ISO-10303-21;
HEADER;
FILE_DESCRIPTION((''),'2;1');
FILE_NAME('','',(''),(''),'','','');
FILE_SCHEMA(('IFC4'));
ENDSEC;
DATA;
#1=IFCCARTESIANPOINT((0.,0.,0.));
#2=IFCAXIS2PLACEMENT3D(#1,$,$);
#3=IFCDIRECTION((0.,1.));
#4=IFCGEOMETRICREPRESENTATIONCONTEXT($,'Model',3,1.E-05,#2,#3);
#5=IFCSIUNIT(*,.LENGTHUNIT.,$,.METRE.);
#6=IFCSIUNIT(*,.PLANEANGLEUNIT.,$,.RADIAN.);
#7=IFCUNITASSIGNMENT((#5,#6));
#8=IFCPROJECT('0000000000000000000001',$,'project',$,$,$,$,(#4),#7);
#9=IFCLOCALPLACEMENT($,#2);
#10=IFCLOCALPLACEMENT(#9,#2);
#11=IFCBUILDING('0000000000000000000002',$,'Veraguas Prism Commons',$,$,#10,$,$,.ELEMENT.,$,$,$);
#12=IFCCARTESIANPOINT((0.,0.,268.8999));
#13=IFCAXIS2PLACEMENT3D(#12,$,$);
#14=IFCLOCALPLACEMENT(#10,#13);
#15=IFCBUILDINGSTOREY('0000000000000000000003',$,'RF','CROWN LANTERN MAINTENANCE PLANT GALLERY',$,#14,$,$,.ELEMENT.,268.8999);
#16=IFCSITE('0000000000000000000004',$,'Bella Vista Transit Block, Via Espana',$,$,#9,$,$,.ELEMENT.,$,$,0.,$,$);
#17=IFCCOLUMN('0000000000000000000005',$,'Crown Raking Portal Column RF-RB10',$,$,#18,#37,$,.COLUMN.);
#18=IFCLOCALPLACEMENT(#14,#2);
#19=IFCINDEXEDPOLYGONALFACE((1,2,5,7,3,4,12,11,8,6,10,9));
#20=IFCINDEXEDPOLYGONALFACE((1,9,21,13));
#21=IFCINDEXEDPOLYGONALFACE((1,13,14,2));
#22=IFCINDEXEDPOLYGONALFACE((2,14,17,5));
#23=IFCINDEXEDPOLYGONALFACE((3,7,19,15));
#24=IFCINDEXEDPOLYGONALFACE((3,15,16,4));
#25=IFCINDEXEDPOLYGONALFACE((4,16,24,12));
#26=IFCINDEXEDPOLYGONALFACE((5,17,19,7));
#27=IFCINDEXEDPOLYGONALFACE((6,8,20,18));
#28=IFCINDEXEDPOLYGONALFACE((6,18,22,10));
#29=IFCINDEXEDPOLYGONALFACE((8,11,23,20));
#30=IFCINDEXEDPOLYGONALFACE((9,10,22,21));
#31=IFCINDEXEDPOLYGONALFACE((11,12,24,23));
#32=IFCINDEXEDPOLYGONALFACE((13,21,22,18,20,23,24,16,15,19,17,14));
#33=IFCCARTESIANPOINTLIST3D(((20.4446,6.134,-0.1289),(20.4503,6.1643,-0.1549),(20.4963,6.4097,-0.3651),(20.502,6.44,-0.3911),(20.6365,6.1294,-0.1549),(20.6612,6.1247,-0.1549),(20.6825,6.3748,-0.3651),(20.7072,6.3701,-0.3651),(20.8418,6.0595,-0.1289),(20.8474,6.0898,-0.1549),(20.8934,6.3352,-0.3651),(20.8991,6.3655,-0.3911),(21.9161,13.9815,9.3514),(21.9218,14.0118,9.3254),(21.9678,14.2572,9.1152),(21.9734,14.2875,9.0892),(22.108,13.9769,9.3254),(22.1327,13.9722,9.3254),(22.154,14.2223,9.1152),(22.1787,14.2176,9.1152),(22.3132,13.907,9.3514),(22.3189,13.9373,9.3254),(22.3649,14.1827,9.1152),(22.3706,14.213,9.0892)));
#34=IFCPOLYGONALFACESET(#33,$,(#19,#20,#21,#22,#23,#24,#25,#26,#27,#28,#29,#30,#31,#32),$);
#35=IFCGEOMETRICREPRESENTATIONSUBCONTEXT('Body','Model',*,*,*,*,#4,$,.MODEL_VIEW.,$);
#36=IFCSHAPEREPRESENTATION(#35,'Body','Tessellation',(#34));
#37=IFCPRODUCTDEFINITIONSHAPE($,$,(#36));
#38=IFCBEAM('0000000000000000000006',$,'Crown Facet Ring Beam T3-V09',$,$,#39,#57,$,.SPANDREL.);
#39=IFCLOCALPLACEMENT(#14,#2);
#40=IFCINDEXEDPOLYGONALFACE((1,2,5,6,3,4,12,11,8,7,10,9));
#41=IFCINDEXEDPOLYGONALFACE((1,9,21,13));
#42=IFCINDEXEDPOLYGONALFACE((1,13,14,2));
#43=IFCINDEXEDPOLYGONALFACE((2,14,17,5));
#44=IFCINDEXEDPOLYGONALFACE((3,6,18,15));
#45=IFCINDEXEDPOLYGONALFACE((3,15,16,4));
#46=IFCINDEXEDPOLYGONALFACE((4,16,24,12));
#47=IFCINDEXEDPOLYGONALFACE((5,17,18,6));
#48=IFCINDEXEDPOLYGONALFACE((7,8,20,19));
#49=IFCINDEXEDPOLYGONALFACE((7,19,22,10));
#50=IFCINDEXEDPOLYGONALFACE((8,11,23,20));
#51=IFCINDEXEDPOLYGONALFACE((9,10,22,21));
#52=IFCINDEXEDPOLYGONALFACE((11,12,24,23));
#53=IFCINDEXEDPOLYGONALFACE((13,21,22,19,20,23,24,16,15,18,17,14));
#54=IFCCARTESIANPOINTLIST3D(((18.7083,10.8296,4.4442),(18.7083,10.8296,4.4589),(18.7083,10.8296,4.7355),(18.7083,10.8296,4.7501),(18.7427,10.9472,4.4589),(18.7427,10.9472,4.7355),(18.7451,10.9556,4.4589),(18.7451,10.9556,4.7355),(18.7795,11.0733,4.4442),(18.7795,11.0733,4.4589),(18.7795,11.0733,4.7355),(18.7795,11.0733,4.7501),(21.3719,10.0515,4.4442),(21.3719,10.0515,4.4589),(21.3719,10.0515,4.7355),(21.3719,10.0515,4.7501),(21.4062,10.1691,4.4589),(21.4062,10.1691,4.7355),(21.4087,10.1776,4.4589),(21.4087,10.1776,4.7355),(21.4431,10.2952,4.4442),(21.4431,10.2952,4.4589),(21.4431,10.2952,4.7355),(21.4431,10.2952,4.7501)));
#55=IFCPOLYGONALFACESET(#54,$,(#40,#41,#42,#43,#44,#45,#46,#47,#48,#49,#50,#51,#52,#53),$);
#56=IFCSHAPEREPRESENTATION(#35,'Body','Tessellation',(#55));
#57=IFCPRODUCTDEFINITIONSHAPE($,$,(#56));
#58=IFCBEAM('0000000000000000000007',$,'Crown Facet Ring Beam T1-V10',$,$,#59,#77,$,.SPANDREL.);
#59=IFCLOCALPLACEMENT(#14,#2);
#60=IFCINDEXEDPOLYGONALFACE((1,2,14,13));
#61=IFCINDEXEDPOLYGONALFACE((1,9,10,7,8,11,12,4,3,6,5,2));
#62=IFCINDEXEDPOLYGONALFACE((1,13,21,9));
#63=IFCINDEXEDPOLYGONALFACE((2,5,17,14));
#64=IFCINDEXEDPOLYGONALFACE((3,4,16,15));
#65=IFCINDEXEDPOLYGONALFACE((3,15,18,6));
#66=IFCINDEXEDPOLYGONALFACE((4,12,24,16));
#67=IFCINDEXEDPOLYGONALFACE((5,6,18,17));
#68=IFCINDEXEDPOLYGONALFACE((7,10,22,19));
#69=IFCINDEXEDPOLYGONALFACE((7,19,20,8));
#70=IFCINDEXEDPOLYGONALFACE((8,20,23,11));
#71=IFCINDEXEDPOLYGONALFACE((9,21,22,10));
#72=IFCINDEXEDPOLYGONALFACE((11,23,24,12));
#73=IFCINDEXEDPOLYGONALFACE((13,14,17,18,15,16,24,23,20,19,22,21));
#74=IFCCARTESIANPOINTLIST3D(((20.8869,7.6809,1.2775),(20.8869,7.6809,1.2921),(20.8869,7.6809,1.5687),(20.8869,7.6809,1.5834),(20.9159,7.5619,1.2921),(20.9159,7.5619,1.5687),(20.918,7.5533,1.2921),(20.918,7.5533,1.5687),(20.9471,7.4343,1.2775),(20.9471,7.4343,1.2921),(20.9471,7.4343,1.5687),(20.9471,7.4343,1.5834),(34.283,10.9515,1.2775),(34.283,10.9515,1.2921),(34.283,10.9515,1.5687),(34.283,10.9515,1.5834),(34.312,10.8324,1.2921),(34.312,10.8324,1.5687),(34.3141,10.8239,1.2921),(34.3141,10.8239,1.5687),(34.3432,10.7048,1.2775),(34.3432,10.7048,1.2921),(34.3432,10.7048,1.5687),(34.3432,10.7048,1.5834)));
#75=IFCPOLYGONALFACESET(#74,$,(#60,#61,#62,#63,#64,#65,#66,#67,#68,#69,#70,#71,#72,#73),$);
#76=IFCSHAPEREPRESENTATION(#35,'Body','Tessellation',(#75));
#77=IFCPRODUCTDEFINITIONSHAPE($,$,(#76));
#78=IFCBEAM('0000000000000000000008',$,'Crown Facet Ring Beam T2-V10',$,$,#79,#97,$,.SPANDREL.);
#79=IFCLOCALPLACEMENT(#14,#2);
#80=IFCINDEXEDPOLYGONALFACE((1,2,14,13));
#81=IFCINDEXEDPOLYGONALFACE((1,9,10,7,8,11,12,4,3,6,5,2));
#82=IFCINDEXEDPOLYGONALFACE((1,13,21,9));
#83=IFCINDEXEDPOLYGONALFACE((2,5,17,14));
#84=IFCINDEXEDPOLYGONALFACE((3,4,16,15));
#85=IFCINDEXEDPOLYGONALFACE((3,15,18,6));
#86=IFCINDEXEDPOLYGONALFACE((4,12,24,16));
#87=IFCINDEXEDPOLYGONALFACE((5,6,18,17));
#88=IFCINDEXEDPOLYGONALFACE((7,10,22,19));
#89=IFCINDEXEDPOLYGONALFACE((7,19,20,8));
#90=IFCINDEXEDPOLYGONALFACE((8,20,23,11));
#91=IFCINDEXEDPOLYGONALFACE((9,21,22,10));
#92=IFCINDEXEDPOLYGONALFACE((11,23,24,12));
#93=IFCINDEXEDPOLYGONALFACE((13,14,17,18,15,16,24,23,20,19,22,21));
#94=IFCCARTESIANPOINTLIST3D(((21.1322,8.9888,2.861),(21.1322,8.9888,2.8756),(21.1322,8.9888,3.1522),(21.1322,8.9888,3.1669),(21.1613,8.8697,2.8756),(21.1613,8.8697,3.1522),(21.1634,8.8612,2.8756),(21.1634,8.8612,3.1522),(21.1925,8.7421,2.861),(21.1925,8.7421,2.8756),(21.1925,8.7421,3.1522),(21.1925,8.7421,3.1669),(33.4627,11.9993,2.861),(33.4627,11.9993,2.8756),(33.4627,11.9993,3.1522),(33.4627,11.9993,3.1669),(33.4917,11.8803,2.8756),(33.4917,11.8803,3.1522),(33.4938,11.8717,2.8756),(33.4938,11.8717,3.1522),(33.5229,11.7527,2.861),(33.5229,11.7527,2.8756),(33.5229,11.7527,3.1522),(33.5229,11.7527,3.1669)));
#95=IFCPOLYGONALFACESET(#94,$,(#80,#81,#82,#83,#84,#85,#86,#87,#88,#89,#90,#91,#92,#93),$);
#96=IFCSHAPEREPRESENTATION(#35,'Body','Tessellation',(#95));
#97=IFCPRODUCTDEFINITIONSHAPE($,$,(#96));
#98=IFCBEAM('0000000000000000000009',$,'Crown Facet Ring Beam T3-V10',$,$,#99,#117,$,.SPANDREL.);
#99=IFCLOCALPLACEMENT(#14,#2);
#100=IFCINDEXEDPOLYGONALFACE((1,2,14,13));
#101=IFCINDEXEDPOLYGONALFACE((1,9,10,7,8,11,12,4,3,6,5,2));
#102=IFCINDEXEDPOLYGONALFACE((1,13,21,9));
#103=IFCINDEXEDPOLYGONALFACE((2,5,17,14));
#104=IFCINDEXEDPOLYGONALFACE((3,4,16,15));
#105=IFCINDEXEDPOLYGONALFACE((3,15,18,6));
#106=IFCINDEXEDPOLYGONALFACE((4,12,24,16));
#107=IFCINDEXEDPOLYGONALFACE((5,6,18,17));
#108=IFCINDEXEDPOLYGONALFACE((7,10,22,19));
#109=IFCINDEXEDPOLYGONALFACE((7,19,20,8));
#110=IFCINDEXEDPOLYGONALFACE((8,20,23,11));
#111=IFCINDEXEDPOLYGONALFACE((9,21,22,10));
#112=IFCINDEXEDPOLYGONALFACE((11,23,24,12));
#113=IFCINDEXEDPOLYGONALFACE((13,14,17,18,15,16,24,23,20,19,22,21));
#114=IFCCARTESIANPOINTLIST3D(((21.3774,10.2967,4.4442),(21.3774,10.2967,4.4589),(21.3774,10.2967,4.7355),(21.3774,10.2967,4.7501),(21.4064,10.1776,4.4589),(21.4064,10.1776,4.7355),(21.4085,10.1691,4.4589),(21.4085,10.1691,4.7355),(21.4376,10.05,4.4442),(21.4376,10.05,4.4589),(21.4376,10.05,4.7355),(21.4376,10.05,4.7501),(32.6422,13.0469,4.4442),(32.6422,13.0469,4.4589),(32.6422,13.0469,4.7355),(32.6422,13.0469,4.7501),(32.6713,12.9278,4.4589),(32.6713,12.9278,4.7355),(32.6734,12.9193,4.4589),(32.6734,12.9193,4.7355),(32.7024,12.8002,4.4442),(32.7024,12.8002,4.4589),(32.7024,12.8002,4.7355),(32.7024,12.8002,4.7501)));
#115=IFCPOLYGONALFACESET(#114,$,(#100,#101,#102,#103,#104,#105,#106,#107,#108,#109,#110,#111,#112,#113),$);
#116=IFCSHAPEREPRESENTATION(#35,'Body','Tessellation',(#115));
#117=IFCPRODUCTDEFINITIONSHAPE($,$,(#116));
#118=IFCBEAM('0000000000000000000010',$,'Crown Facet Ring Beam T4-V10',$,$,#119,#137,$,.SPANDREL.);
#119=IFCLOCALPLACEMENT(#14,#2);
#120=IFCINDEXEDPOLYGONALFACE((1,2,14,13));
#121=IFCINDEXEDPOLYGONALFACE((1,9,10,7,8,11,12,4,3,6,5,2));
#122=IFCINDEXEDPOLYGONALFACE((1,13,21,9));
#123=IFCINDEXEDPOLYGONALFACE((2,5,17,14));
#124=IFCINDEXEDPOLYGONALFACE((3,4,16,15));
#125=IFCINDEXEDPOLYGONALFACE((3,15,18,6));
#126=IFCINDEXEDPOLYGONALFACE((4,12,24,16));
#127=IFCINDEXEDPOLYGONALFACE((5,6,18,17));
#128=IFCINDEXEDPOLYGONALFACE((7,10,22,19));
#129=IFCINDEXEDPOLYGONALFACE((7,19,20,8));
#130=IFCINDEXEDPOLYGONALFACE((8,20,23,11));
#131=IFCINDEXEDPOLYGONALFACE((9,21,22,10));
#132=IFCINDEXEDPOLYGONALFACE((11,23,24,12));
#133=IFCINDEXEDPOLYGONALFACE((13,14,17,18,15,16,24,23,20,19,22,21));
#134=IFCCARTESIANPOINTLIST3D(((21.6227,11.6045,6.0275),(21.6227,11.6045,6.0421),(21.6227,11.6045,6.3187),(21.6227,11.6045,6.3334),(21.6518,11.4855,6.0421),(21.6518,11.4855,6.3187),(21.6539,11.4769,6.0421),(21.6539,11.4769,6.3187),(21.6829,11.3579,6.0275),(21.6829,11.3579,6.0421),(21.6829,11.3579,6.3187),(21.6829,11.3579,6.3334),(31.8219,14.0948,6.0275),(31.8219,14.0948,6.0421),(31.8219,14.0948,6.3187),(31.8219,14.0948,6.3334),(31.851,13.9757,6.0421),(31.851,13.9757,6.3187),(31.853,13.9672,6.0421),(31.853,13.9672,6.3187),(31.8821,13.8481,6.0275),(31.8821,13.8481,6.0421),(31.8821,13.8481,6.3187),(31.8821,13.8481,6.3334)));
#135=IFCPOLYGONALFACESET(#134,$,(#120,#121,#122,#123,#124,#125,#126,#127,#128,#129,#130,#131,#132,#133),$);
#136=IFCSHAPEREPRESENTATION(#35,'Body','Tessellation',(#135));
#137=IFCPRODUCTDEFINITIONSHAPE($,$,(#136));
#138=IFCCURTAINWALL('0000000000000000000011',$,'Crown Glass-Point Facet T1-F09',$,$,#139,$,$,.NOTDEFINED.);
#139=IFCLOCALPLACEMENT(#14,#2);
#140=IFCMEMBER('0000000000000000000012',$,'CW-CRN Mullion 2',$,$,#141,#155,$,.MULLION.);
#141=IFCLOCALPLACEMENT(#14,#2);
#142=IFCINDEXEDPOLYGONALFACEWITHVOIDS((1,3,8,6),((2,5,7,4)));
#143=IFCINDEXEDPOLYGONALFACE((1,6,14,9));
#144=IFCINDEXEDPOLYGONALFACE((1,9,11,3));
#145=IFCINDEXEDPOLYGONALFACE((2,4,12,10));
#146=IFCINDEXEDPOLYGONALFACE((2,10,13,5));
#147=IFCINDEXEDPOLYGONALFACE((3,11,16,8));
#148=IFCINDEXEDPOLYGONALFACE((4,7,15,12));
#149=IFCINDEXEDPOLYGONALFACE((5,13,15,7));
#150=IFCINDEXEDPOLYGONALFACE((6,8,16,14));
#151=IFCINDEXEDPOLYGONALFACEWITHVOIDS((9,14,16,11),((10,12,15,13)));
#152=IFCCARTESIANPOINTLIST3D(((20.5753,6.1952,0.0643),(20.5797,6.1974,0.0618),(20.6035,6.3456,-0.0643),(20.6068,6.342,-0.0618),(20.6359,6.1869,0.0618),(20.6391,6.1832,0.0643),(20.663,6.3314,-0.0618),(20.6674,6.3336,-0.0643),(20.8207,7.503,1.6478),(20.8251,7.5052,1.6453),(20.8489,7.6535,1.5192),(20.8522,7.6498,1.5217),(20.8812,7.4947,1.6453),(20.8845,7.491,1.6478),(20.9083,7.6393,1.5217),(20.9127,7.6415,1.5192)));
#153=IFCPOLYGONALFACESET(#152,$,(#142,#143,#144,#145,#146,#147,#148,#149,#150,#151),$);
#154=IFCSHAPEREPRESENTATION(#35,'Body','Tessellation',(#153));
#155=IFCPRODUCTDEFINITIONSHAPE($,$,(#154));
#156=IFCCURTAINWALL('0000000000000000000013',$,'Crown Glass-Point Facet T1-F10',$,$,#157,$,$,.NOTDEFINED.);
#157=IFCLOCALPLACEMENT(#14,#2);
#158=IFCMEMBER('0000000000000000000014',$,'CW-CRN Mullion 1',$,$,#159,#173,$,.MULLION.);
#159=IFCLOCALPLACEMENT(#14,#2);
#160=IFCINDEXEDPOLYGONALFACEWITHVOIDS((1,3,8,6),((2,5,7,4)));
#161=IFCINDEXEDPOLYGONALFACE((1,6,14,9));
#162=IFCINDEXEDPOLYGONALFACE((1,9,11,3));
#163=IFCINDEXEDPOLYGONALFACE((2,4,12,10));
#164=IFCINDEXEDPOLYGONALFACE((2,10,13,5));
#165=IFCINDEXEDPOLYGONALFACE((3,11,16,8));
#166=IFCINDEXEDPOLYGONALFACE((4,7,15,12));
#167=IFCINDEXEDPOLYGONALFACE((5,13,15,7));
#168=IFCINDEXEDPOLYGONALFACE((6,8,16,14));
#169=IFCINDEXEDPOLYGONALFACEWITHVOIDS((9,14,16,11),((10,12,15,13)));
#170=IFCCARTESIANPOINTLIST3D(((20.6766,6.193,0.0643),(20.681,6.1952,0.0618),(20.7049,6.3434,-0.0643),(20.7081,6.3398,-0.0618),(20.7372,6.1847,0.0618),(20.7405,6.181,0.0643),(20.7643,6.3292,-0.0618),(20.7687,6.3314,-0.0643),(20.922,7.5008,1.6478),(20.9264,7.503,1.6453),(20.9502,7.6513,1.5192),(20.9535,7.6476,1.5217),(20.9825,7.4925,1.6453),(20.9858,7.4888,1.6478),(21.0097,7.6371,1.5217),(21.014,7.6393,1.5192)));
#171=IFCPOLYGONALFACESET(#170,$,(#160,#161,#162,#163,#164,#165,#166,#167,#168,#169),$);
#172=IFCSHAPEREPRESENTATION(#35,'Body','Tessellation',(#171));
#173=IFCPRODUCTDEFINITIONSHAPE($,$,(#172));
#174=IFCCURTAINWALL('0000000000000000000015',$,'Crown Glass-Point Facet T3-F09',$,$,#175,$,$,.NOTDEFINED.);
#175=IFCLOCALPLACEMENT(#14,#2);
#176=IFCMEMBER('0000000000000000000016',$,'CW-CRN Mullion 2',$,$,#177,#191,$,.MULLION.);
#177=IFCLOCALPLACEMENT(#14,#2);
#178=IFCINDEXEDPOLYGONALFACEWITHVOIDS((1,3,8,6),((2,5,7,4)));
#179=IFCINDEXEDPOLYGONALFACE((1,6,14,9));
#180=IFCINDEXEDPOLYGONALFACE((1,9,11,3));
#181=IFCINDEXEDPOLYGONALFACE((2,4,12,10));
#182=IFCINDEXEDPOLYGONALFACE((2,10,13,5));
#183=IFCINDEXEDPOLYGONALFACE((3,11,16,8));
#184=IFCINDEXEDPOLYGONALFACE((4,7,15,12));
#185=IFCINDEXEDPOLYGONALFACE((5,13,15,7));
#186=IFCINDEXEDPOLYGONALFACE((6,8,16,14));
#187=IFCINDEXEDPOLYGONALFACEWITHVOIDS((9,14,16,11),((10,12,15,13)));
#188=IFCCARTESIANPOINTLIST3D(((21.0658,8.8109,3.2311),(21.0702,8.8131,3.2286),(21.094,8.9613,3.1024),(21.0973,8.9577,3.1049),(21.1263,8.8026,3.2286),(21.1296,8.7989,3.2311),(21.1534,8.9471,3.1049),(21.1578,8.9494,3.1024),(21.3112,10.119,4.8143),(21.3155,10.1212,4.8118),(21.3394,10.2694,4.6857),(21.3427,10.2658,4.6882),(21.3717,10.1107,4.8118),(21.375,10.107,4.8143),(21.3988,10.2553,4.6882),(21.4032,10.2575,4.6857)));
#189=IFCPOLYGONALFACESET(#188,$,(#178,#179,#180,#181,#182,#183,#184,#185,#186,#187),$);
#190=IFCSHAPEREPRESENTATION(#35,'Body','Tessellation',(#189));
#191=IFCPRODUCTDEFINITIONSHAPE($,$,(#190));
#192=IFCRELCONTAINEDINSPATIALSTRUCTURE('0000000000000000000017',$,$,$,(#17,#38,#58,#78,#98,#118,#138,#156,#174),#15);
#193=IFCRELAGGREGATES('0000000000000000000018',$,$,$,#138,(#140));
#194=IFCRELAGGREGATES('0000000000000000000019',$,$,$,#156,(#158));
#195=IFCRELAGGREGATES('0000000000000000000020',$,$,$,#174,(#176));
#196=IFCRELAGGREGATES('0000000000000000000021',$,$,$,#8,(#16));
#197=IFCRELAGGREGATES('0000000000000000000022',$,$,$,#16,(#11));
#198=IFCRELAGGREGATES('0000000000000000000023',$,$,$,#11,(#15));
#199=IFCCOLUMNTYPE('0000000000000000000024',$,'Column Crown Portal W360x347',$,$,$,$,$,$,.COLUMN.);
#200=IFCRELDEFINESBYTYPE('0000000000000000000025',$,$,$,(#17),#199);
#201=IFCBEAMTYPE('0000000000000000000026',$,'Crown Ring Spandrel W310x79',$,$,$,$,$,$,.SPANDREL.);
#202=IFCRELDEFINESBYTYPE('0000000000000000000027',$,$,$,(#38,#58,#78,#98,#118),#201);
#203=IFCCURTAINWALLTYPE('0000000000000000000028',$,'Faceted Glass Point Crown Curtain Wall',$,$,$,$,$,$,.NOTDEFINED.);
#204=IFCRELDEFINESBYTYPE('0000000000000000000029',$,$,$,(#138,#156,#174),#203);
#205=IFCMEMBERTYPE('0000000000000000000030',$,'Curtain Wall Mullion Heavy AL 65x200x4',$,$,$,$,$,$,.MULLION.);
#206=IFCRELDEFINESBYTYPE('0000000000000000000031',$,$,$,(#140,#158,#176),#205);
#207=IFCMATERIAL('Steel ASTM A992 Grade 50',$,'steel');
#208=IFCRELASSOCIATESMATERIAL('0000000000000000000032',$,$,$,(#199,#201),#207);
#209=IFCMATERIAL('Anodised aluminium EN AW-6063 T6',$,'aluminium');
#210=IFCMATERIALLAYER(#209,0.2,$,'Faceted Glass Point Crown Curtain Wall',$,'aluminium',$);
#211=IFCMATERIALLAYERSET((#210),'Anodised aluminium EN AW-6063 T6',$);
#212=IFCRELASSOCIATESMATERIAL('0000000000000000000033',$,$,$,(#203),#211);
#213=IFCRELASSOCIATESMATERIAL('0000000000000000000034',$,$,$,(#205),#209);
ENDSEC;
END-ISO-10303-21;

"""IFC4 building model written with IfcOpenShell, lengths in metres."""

from ifc_helpers import new_model, si_unit, direction, frame, origin, origin_2d, place, context, subcontext, project, spatial, hollow_rectangle, i_section, extrude, source, transform, mapped, material, layer, layer_set, material_profile, profile_set, type_object, element, aggregate, save


model = new_model("IFC4")

# Units and contexts
model_context = context("Model", 3, precision=1e-05, world=origin(), true_north=direction((0.0, 1.0)))
body_context = subcontext(model_context, "Body", "Model", "MODEL_VIEW")
ifc_project = project(units=[si_unit("LENGTHUNIT", "METRE"), si_unit("PLANEANGLEUNIT", "RADIAN")], contexts=[model_context])

# Site, building, storey
site_placement = place(None, origin())
site = spatial("IfcSite", under=ifc_project, at=site_placement, Name="Bella Vista Transit Block, Via Espana", CompositionType="ELEMENT", RefElevation=0.0)
building_placement = place(site_placement, origin())
building = spatial("IfcBuilding", under=site, at=building_placement, Name="Veraguas Prism Commons", CompositionType="ELEMENT")
storey_placement = place(building_placement, frame((0.0, 0.0, 268.8999)))
storey = spatial("IfcBuildingStorey", under=building, at=storey_placement, Name="RF", Description="CROWN LANTERN MAINTENANCE PLANT GALLERY", CompositionType="ELEMENT", Elevation=268.8999)

# Column
ifc_material_1 = material(Name="Steel ASTM A992 Grade 50", Category="steel")
ifc_material_profile_1 = material_profile(ifc_material_1, i_section(OverallWidth=0.4041, OverallDepth=0.407, WebThickness=0.0251, FlangeThickness=0.0403, at=origin_2d()), Name="W360X347")
ifc_profile_set_1 = profile_set([ifc_material_profile_1], Name="Steel ASTM A992 Grade 50")
column_type = type_object("IfcColumnType", Name="Column Crown Portal W360x347", PredefinedType="COLUMN", material=ifc_profile_set_1)
column_placement = place(storey_placement, frame((20.6719, 6.2498, -0.26), z_axis=(0.118718, 0.633141, 0.764878), x_axis=(-0.982871, 0.184294, 0.0)))
element("IfcColumn", 1, at=column_placement, inside=storey, type_object=column_type, Name="Crown Raking Portal Column RF-RB10", PredefinedType="COLUMN", context=body_context, shape_type="SweptSolid", body=[
    extrude(i_section(OverallWidth=0.4041, OverallDepth=0.407, WebThickness=0.0251, FlangeThickness=0.0403, at=origin_2d()), origin(), (0.0, 0.0, 1.0), 12.3945),
])

# Beams
ifc_material_profile_2 = material_profile(ifc_material_1, i_section(OverallWidth=0.2539, OverallDepth=0.3059, WebThickness=0.0088, FlangeThickness=0.0146, at=origin_2d()), Name="W310X79")
ifc_profile_set_2 = profile_set([ifc_material_profile_2], Name="Steel ASTM A992 Grade 50")
beam_type = type_object("IfcBeamType", Name="Crown Ring Spandrel W310x79", PredefinedType="SPANDREL", material=ifc_profile_set_2)
beam_1_placement = place(storey_placement, frame((18.7439, 10.9514, 4.5972), z_axis=(0.959884, -0.280399, 0.0), x_axis=(0.280399, 0.959884, 0.0)))
element("IfcBeam", 2, at=beam_1_placement, inside=storey, type_object=beam_type, Name="Crown Facet Ring Beam T3-V09", PredefinedType="SPANDREL", context=body_context, shape_type="SweptSolid", body=[
    extrude(i_section(OverallWidth=0.2539, OverallDepth=0.3059, WebThickness=0.0088, FlangeThickness=0.0146, at=origin_2d()), origin(), (0.0, 0.0, 1.0), 2.7749),
])
beam_2_placement = place(storey_placement, frame((20.917, 7.5576, 1.4304), z_axis=(0.971467, 0.237175, 0.0), x_axis=(-0.237175, 0.971467, 0.0)))
element("IfcBeam", 3, at=beam_2_placement, inside=storey, type_object=beam_type, Name="Crown Facet Ring Beam T1-V10", PredefinedType="SPANDREL", context=body_context, shape_type="SweptSolid", body=[
    extrude(i_section(OverallWidth=0.2539, OverallDepth=0.3059, WebThickness=0.0088, FlangeThickness=0.0146, at=origin_2d()), origin(), (0.0, 0.0, 1.0), 13.7896),
])
beam_3_placement = place(storey_placement, frame((21.1624, 8.8655, 3.0139), z_axis=(0.971464, 0.237187, 0.0), x_axis=(-0.237187, 0.971464, 0.0)))
element("IfcBeam", 4, at=beam_3_placement, inside=storey, type_object=beam_type, Name="Crown Facet Ring Beam T2-V10", PredefinedType="SPANDREL", context=body_context, shape_type="SweptSolid", body=[
    extrude(i_section(OverallWidth=0.2539, OverallDepth=0.3059, WebThickness=0.0088, FlangeThickness=0.0146, at=origin_2d()), origin(), (0.0, 0.0, 1.0), 12.6926),
])
beam_4_placement = place(storey_placement, frame((21.4075, 10.1733, 4.5972), z_axis=(0.971467, 0.237177, 0.0), x_axis=(-0.237177, 0.971467, 0.0)))
element("IfcBeam", 5, at=beam_4_placement, inside=storey, type_object=beam_type, Name="Crown Facet Ring Beam T3-V10", PredefinedType="SPANDREL", context=body_context, shape_type="SweptSolid", body=[
    extrude(i_section(OverallWidth=0.2539, OverallDepth=0.3059, WebThickness=0.0088, FlangeThickness=0.0146, at=origin_2d()), origin(), (0.0, 0.0, 1.0), 11.5957),
])
beam_5_placement = place(storey_placement, frame((21.6528, 11.4812, 6.1804), z_axis=(0.971463, 0.237192, 0.0), x_axis=(-0.237192, 0.971463, 0.0)))
element("IfcBeam", 6, at=beam_5_placement, inside=storey, type_object=beam_type, Name="Crown Facet Ring Beam T4-V10", PredefinedType="SPANDREL", context=body_context, shape_type="SweptSolid", body=[
    extrude(i_section(OverallWidth=0.2539, OverallDepth=0.3059, WebThickness=0.0088, FlangeThickness=0.0146, at=origin_2d()), origin(), (0.0, 0.0, 1.0), 10.4988),
])

# Curtain walls, members
ifc_material_2 = material(Name="Anodised aluminium EN AW-6063 T6", Category="aluminium")
ifc_layer_1 = layer(ifc_material_2, 0.2, Name="Faceted Glass Point Crown Curtain Wall", Category="aluminium")
ifc_layer_set_1 = layer_set([ifc_layer_1], Name="Anodised aluminium EN AW-6063 T6")
curtain_wall_type = type_object("IfcCurtainWallType", Name="Faceted Glass Point Crown Curtain Wall", PredefinedType="NOTDEFINED", material=ifc_layer_set_1)
curtain_wall_1_placement = place(storey_placement, origin())
curtain_wall_1 = element("IfcCurtainWall", 7, at=curtain_wall_1_placement, inside=storey, type_object=curtain_wall_type, Name="Crown Glass-Point Facet T1-F09", PredefinedType="NOTDEFINED")
ifc_material_profile_3 = material_profile(ifc_material_2, hollow_rectangle(XDim=0.0649, YDim=0.2, WallThickness=0.0039, at=origin_2d()), Name="AL65X200X4")
ifc_profile_set_3 = profile_set([ifc_material_profile_3], Name="Anodised aluminium EN AW-6063 T6")
member_type_1 = type_object("IfcMemberType", Name="Curtain Wall Mullion Heavy AL 65x200x4", PredefinedType="MULLION", material=ifc_profile_set_3)
shared_shape_1 = source(origin(), body_context, "Body", "SweptSolid", [
    extrude(hollow_rectangle(XDim=0.0649, YDim=0.2, WallThickness=0.0039, at=origin_2d()), origin(), (0.0, 0.0, 1.0), 2.0684),
])
member_1_placement = place(storey_placement, frame((20.6213, 6.2644, 0.0), z_axis=(0.118625, 0.632314, 0.765576), x_axis=(-0.982853, 0.184388, 0.0)))
member_1 = element("IfcMember", 8, at=member_1_placement, type_object=member_type_1, Name="CW-CRN Mullion 2", PredefinedType="MULLION", context=body_context, shape_type="MappedRepresentation", body=[
    mapped(shared_shape_1, transform((0.0, 0.0, 0.0), scale=1.0)),
])
aggregate(curtain_wall_1, [member_1])
curtain_wall_2_placement = place(storey_placement, origin())
curtain_wall_2 = element("IfcCurtainWall", 9, at=curtain_wall_2_placement, inside=storey, type_object=curtain_wall_type, Name="Crown Glass-Point Facet T1-F10", PredefinedType="NOTDEFINED")
member_2_placement = place(storey_placement, frame((20.7227, 6.2622, 0.0), z_axis=(0.118625, 0.632314, 0.765576), x_axis=(-0.982853, 0.184388, 0.0)))
member_2 = element("IfcMember", 10, at=member_2_placement, type_object=member_type_1, Name="CW-CRN Mullion 1", PredefinedType="MULLION", context=body_context, shape_type="MappedRepresentation", body=[
    mapped(shared_shape_1, transform((0.0, 0.0, 0.0), scale=1.0)),
])
curtain_wall_3_placement = place(storey_placement, origin())
curtain_wall_3 = element("IfcCurtainWall", 11, at=curtain_wall_3_placement, inside=storey, type_object=curtain_wall_type, Name="Crown Glass-Point Facet T3-F09", PredefinedType="NOTDEFINED")
member_3_placement = place(storey_placement, frame((21.1118, 8.8801, 3.1667), z_axis=(0.118627, 0.632442, 0.76547), x_axis=(-0.98286, 0.184355, 0.0)))
member_3 = element("IfcMember", 12, at=member_3_placement, type_object=member_type_1, Name="CW-CRN Mullion 2", PredefinedType="MULLION", context=body_context, shape_type="MappedRepresentation", body=[
    mapped(shared_shape_1, transform((0.0, 0.0, 0.0), scale=1.0)),
])

aggregate(curtain_wall_2, [member_2])
aggregate(curtain_wall_3, [member_3])

save(model, "model.ifc")
